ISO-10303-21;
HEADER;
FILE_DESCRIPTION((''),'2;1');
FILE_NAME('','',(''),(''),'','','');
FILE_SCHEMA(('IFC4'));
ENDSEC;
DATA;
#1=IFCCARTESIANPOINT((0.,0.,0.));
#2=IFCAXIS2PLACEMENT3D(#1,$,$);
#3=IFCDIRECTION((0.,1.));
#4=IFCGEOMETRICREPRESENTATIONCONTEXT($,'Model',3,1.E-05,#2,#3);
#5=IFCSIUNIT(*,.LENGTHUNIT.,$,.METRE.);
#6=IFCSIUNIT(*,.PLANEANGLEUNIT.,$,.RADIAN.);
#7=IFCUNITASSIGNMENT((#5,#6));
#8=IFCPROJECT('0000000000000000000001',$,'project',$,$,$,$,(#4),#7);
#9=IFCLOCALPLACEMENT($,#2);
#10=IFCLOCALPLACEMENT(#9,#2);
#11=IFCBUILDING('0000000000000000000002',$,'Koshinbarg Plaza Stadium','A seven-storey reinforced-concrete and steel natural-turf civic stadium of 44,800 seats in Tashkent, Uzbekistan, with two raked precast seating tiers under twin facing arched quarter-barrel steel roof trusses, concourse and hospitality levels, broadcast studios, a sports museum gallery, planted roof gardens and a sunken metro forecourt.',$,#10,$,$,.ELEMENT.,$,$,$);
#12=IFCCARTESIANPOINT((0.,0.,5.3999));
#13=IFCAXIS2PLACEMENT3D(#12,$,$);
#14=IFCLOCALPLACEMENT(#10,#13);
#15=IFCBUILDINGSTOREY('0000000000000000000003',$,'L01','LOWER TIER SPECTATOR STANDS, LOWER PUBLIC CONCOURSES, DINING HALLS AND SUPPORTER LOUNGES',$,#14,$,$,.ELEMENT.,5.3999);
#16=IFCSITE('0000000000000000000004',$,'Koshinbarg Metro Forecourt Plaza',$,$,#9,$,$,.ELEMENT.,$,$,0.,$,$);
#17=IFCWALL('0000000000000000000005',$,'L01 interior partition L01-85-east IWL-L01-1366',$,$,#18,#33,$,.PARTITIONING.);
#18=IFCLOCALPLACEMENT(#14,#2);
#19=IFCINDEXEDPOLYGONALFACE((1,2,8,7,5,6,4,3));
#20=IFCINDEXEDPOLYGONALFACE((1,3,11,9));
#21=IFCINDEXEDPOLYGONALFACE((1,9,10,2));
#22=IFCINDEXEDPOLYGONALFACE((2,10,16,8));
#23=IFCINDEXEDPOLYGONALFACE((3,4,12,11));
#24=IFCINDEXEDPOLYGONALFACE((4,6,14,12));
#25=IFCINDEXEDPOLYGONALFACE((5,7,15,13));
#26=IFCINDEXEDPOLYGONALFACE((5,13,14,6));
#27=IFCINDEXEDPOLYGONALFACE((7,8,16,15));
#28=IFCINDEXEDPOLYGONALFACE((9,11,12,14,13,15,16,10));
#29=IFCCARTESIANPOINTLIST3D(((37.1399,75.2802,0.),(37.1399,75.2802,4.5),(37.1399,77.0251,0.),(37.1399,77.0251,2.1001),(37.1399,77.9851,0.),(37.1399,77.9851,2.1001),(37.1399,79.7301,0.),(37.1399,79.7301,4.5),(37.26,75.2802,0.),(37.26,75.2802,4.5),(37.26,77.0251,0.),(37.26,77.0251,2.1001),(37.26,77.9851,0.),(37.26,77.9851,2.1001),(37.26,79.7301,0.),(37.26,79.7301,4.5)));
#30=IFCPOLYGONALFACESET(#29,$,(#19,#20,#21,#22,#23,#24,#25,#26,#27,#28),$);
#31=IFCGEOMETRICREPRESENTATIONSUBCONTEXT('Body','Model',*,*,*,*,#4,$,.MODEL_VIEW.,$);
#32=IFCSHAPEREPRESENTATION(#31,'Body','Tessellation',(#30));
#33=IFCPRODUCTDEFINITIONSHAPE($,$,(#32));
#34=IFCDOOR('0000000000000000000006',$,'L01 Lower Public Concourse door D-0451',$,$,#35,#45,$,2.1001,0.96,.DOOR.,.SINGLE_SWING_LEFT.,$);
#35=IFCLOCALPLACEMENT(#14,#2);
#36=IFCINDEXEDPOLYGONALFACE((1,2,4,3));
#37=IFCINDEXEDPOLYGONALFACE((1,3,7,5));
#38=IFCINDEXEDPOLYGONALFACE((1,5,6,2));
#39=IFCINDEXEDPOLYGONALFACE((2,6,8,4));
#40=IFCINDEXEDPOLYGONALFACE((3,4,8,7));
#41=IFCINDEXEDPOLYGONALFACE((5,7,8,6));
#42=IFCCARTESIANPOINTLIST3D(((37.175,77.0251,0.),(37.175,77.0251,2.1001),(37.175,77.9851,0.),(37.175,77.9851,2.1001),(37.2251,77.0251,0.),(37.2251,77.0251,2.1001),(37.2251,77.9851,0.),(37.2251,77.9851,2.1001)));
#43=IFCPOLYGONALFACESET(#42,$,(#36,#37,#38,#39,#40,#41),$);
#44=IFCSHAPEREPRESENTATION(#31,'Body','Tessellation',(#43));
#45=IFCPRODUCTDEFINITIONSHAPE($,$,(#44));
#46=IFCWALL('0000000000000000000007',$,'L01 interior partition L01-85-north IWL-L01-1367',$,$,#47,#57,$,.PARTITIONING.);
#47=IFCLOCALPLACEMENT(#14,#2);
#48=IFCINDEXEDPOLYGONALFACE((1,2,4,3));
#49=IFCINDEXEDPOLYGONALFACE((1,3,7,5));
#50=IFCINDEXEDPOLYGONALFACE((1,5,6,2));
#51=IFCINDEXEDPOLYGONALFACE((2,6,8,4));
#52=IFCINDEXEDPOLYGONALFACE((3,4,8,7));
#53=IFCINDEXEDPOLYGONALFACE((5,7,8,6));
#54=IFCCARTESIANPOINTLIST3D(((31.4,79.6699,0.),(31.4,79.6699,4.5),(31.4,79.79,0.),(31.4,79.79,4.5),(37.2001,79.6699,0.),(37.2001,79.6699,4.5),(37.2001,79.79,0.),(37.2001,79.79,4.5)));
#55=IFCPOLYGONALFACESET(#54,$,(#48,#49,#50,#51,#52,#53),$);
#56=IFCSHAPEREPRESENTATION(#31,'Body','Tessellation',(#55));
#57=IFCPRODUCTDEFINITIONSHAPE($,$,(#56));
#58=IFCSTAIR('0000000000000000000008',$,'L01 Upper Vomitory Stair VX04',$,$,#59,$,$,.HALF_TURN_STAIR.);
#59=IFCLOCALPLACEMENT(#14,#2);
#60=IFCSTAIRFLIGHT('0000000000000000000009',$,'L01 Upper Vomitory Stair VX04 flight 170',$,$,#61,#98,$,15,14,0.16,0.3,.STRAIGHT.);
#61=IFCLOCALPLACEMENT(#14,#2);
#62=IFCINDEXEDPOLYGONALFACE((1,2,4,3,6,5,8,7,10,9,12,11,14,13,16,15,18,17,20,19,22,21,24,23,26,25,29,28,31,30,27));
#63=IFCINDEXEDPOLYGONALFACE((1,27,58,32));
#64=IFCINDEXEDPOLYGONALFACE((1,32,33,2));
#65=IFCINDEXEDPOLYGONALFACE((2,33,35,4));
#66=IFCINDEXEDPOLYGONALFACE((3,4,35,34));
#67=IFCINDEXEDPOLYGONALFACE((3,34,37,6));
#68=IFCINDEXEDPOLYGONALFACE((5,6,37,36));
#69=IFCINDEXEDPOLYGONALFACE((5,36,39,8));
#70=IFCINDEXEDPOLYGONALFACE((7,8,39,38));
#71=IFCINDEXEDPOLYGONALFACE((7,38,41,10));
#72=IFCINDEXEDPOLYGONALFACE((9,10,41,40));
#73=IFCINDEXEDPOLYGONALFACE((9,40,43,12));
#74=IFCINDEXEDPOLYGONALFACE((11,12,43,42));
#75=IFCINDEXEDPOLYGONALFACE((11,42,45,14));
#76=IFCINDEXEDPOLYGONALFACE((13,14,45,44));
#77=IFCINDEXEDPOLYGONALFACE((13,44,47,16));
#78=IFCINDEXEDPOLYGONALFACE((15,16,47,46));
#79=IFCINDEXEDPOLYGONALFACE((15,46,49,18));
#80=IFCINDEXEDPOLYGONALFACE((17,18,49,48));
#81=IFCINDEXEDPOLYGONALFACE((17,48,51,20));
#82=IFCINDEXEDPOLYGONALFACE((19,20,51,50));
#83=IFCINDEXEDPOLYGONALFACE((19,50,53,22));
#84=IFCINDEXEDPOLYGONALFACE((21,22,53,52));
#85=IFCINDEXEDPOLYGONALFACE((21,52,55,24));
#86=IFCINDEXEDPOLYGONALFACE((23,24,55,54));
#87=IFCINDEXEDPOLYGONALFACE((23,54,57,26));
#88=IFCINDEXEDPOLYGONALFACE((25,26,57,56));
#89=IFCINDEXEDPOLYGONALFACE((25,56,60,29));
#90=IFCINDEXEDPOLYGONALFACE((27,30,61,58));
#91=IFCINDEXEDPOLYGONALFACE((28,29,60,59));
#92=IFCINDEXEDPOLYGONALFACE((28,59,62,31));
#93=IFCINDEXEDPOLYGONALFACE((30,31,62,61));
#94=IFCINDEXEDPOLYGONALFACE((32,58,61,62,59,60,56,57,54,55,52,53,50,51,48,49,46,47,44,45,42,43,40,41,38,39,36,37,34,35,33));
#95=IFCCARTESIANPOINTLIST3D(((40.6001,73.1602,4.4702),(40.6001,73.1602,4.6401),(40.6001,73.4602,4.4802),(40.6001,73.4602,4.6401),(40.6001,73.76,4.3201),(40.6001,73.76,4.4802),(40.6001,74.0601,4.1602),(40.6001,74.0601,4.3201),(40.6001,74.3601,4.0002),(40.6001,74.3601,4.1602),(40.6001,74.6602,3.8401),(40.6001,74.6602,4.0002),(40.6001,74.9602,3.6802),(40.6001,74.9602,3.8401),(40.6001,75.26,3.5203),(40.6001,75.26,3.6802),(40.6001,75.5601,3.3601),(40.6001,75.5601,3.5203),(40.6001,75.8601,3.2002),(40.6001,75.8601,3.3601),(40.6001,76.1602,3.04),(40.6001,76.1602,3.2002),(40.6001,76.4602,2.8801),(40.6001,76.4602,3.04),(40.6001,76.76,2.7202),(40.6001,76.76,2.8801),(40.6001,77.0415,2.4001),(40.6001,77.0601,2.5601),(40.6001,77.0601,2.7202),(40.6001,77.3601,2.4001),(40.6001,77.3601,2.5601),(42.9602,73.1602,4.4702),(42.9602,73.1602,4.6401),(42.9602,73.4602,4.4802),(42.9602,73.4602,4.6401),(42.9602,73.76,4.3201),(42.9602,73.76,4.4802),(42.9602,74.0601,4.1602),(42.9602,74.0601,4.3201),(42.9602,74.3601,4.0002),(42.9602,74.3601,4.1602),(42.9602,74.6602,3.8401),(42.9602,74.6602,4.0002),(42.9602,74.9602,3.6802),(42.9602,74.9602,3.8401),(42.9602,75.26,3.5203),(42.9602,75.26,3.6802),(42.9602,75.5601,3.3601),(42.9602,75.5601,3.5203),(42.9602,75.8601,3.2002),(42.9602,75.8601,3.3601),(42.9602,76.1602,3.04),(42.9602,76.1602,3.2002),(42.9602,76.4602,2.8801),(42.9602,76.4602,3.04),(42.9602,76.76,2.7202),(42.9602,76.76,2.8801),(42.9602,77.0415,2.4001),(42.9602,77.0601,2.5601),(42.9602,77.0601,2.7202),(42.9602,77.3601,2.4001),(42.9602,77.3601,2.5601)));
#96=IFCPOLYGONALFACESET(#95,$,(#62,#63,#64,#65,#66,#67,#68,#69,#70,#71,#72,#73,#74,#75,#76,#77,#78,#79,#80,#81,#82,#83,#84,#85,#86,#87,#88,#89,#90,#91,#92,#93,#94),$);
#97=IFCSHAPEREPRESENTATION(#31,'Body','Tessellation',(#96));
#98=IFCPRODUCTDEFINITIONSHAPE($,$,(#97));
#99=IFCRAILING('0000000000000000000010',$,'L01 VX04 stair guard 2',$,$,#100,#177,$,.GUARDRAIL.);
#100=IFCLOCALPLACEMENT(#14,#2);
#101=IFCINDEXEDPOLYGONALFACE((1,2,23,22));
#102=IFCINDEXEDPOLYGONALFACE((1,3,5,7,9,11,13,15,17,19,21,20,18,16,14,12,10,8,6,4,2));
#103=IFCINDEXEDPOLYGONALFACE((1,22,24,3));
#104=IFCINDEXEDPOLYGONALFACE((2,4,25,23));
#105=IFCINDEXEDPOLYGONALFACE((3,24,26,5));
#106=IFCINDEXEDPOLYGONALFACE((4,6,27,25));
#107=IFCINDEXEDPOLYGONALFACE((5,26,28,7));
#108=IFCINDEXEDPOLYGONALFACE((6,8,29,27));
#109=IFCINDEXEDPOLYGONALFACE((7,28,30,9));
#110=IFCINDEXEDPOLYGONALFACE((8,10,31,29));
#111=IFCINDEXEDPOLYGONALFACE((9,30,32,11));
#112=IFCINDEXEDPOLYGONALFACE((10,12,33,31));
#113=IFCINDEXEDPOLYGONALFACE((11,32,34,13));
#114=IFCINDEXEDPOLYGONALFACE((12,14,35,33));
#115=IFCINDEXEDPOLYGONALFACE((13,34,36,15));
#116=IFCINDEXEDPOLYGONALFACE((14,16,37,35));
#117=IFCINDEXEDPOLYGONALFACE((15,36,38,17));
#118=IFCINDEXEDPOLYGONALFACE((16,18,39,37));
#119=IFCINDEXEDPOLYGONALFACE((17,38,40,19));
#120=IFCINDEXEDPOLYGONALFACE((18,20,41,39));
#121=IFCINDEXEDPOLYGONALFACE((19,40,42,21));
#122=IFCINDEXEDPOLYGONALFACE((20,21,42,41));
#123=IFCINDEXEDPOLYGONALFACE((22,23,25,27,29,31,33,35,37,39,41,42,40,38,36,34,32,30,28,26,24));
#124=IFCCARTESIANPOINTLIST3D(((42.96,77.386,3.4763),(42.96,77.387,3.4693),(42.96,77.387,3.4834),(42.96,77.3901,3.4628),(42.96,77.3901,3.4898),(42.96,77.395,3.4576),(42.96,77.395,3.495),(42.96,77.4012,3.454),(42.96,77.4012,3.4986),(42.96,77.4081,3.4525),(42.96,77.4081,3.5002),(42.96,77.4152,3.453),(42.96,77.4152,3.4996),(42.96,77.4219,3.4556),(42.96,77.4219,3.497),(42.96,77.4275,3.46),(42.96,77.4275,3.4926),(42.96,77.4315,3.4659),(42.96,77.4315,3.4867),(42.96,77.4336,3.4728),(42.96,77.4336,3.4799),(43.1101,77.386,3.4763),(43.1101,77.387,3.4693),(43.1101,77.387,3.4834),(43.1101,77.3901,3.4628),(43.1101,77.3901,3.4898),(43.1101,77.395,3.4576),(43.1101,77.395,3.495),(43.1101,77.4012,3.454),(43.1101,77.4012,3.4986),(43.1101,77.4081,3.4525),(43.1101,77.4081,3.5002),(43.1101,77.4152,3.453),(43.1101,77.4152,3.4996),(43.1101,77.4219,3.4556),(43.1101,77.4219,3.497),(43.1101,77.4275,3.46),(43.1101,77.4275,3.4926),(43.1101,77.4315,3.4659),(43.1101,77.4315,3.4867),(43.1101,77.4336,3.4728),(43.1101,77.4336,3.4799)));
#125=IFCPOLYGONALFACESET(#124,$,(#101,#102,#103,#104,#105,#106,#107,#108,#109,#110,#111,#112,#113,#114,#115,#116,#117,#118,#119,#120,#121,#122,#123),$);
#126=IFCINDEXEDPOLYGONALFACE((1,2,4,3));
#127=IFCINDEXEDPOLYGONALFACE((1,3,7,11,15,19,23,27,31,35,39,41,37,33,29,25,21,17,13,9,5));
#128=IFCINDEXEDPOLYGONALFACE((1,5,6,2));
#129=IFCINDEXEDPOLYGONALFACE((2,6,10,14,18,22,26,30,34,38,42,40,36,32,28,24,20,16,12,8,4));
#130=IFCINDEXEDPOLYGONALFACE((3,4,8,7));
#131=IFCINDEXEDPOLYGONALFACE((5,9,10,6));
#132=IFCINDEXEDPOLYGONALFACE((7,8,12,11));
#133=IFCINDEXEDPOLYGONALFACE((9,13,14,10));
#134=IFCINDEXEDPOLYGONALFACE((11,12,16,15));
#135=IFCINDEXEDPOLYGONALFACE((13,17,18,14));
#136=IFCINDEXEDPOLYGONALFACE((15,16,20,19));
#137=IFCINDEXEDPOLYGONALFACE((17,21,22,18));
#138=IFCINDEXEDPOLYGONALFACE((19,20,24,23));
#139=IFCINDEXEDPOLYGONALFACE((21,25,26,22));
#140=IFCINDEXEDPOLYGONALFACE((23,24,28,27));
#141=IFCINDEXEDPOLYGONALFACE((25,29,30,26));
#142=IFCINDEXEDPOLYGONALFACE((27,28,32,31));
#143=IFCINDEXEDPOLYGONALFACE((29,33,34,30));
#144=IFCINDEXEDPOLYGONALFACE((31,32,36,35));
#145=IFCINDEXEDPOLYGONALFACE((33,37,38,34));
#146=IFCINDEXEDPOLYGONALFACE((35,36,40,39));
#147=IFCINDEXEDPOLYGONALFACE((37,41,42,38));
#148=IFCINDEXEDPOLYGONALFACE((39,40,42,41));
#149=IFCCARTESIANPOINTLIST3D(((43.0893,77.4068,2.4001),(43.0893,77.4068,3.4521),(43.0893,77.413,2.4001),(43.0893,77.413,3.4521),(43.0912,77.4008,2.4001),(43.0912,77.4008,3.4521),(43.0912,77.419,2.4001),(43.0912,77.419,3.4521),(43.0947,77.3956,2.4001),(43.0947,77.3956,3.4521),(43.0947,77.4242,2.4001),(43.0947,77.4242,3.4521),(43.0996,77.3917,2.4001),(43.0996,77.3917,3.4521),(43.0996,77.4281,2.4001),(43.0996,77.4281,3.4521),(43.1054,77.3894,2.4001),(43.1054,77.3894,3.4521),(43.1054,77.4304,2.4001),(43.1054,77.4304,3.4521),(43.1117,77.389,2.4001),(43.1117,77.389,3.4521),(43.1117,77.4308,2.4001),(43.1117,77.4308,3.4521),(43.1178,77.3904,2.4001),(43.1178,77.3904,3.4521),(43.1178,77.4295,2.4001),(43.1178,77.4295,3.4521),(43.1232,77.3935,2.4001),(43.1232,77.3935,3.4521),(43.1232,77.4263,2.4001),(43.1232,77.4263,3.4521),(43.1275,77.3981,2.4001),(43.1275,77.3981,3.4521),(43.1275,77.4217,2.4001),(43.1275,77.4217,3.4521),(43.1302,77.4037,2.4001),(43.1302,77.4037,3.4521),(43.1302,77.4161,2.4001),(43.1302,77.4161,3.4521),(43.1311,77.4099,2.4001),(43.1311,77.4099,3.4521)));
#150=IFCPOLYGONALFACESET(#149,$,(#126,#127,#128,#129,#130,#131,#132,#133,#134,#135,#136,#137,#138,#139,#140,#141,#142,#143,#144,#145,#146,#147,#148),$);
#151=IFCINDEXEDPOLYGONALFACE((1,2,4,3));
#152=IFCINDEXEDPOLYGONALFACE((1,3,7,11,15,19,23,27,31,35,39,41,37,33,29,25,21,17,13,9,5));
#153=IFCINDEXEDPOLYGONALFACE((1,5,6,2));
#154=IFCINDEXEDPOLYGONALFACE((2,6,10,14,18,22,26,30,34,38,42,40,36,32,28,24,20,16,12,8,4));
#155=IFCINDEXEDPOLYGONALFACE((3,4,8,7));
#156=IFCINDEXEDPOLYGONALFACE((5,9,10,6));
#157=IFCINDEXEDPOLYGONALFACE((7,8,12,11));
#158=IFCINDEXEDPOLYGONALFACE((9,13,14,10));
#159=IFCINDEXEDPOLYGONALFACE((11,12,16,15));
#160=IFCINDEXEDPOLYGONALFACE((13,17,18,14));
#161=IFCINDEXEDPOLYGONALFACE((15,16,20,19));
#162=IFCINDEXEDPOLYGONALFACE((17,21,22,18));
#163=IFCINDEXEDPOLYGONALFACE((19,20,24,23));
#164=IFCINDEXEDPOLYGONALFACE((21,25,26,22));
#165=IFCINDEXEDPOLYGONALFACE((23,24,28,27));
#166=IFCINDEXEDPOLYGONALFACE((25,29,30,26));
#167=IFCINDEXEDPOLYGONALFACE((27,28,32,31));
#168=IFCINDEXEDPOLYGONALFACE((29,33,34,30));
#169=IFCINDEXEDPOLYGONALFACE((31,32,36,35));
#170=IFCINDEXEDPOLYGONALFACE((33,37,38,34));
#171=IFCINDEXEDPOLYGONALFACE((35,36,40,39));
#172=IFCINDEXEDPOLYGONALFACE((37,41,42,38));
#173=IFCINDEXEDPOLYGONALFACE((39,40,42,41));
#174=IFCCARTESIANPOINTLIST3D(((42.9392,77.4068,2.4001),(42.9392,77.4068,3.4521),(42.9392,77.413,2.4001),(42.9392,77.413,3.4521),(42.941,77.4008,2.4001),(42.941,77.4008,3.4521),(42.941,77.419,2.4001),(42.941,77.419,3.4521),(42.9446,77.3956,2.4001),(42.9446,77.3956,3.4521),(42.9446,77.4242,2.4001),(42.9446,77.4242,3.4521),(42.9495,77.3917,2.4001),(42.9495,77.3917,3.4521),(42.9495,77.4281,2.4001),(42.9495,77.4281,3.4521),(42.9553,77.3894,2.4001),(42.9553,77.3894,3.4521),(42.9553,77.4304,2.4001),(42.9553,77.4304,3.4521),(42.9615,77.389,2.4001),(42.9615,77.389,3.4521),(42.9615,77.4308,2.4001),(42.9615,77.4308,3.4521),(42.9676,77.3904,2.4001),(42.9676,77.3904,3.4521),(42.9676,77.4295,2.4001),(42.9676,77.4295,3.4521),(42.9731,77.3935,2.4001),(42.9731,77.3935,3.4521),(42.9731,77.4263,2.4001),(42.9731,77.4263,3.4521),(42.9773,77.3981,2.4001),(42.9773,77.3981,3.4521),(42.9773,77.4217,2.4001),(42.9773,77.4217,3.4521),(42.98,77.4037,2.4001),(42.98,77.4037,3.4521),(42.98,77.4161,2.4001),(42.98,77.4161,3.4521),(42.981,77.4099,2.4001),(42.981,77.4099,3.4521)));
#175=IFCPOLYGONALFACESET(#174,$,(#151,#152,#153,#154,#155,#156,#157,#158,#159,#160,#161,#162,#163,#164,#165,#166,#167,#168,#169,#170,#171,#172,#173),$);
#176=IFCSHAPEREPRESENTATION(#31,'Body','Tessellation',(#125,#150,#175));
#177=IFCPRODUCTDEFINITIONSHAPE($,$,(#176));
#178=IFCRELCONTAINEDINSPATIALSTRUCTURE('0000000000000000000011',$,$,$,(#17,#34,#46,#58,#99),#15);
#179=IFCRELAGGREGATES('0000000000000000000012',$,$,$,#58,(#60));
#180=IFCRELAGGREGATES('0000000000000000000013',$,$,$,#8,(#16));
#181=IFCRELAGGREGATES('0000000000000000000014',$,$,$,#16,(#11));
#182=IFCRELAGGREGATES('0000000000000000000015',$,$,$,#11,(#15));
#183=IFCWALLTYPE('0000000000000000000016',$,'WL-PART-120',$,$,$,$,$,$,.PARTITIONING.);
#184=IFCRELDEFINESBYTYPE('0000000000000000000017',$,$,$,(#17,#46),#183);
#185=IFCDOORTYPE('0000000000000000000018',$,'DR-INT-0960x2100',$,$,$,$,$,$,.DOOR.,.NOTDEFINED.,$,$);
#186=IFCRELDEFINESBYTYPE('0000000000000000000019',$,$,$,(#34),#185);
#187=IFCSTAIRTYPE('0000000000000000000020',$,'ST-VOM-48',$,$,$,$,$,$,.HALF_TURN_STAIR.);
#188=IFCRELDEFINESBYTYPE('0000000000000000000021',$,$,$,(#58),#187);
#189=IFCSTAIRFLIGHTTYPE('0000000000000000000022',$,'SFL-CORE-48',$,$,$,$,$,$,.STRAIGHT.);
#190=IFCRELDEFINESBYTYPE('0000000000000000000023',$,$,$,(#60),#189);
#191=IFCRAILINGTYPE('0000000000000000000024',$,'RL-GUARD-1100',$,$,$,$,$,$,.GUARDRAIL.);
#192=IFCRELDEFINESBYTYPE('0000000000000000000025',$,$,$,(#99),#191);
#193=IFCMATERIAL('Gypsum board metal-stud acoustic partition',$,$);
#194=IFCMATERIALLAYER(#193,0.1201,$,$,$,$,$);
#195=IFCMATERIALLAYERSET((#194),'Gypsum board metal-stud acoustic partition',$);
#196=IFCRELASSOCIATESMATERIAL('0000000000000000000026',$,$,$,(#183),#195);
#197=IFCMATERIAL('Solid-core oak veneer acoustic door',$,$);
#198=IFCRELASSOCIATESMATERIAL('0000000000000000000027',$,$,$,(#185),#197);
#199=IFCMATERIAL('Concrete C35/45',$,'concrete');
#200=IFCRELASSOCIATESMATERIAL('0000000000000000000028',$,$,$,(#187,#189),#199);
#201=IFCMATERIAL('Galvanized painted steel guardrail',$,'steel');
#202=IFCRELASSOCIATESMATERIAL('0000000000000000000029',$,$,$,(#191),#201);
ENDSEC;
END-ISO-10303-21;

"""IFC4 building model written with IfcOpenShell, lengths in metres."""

from ifc_helpers import new_model, si_unit, direction, frame, frame_2d, origin, origin_2d, place, context, subcontext, project, spatial, polyline, rectangle, circle, outline, extrude, material, layer, layer_set, type_object, element, fill, aggregate, save


model = new_model("IFC4")

# Units and contexts
model_context = context("Model", 3, precision=1e-05, world=origin(), true_north=direction((0.0, 1.0)))
body_context = subcontext(model_context, "Body", "Model", "MODEL_VIEW")
ifc_project = project(units=[si_unit("LENGTHUNIT", "METRE"), si_unit("PLANEANGLEUNIT", "RADIAN")], contexts=[model_context])

# Site, building, storey
site_placement = place(None, origin())
site = spatial("IfcSite", under=ifc_project, at=site_placement, Name="Koshinbarg Metro Forecourt Plaza", CompositionType="ELEMENT", RefElevation=0.0)
building_placement = place(site_placement, origin())
building = spatial("IfcBuilding", under=site, at=building_placement, Name="Koshinbarg Plaza Stadium", Description="A seven-storey reinforced-concrete and steel natural-turf civic stadium of 44,800 seats in Tashkent, Uzbekistan, with two raked precast seating tiers under twin facing arched quarter-barrel steel roof trusses, concourse and hospitality levels, broadcast studios, a sports museum gallery, planted roof gardens and a sunken metro forecourt.", CompositionType="ELEMENT")
storey_placement = place(building_placement, frame((0.0, 0.0, 5.3999)))
storey = spatial("IfcBuildingStorey", under=building, at=storey_placement, Name="L01", Description="LOWER TIER SPECTATOR STANDS, LOWER PUBLIC CONCOURSES, DINING HALLS AND SUPPORTER LOUNGES", CompositionType="ELEMENT", Elevation=5.3999)

# Shared definitions
ifc_material_1 = material(Name="Gypsum board metal-stud acoustic partition")
ifc_layer_1 = layer(ifc_material_1, 0.1201)
ifc_layer_set_1 = layer_set([ifc_layer_1], Name="Gypsum board metal-stud acoustic partition")
wall_type_1 = type_object("IfcWallType", Name="WL-PART-120", PredefinedType="PARTITIONING", material=ifc_layer_set_1)
ifc_material_2 = material(Name="Solid-core oak veneer acoustic door")
door_type_1 = type_object("IfcDoorType", Name="DR-INT-0960x2100", OperationType="NOTDEFINED", PredefinedType="DOOR", material=ifc_material_2)

# Wall, opening, door
wall_1_placement = place(storey_placement, frame((37.2, 75.28, 0.0), z_axis=(0.0, 0.0, 1.0), x_axis=(0.0, 1.0, 0.0)))
wall_1 = element("IfcWall", 1, at=wall_1_placement, inside=storey, type_object=wall_type_1, Name="L01 interior partition L01-85-east IWL-L01-1366", PredefinedType="PARTITIONING", context=body_context, shape_type="SweptSolid", body=[
    extrude(rectangle(XDim=4.45, YDim=0.1201, at=frame_2d((2.2251, 0.0))), origin(), (0.0, 0.0, 1.0), 4.5),
])
opening_1_placement = place(wall_1_placement, frame((1.7451, 0.0, 0.0)))
opening_1 = element("IfcOpeningElement", 2, at=opening_1_placement, cuts=wall_1, PredefinedType="OPENING", context=body_context, shape_type="SweptSolid", body=[
    extrude(rectangle(XDim=0.96, YDim=2.1001, at=frame_2d((0.48, 1.05))), frame((0.0, 0.0701, 0.0), z_axis=(0.0, -1.0, 0.0), x_axis=(1.0, 0.0, 0.0)), (0.0, 0.0, 1.0), 0.1401),
])
door_1_placement = place(opening_1_placement, origin())
door_1 = element("IfcDoor", 3, at=door_1_placement, inside=storey, type_object=door_type_1, Name="L01 Lower Public Concourse door D-0451", OperationType="SINGLE_SWING_LEFT", OverallHeight=2.1001, OverallWidth=0.96, PredefinedType="DOOR", context=body_context, shape_type="SweptSolid", body=[
    extrude(rectangle(XDim=0.96, YDim=2.1001, at=frame_2d((0.48, 1.05))), frame((0.0, 0.0249, 0.0), z_axis=(0.0, -1.0, 0.0), x_axis=(1.0, 0.0, 0.0)), (0.0, 0.0, 1.0), 0.05),
])
fill(opening_1, door_1)

# Wall
wall_2_placement = place(storey_placement, frame((37.2, 79.73, 0.0), z_axis=(0.0, 0.0, 1.0), x_axis=(-1.0, 0.0, 0.0)))
element("IfcWall", 4, at=wall_2_placement, inside=storey, type_object=wall_type_1, Name="L01 interior partition L01-85-north IWL-L01-1367", PredefinedType="PARTITIONING", context=body_context, shape_type="SweptSolid", body=[
    extrude(rectangle(XDim=5.8, YDim=0.1201, at=frame_2d((2.8999, 0.0))), origin(), (0.0, 0.0, 1.0), 4.5),
])

# Stair, stair flight
ifc_material_3 = material(Name="Concrete C35/45", Category="concrete")
stair_type = type_object("IfcStairType", Name="ST-VOM-48", PredefinedType="HALF_TURN_STAIR", material=ifc_material_3)
stair_placement = place(storey_placement, origin())
stair = element("IfcStair", 5, at=stair_placement, inside=storey, type_object=stair_type, Name="L01 Upper Vomitory Stair VX04", PredefinedType="HALF_TURN_STAIR")
stair_flight_type = type_object("IfcStairFlightType", Name="SFL-CORE-48", PredefinedType="STRAIGHT", material=ifc_material_3)
stair_flight_placement = place(storey_placement, frame((41.78, 77.3601, 2.4001), z_axis=(0.0, 0.0, 1.0), x_axis=(0.0, -1.0, 0.0)))
stair_flight = element("IfcStairFlight", 6, at=stair_flight_placement, type_object=stair_flight_type, Name="L01 Upper Vomitory Stair VX04 flight 170", NumberOfRisers=15, NumberOfTreads=14, PredefinedType="STRAIGHT", RiserHeight=0.16, TreadLength=0.3, context=body_context, shape_type="SweptSolid", body=[
    extrude(outline(polyline([(0.0, 0.0), (0.0, 0.1599), (0.3, 0.1599), (0.3, 0.3201), (0.6001, 0.3201), (0.6001, 0.48), (0.8999, 0.48), (0.8999, 0.6399), (1.2, 0.6399), (1.2, 0.8), (1.5, 0.8), (1.5, 0.96), (1.8, 0.96), (1.8, 1.1201), (2.1001, 1.1201), (2.1001, 1.28), (2.3999, 1.28), (2.3999, 1.4399), (2.7, 1.4399), (2.7, 1.6001), (3.0, 1.6001), (3.0, 1.76), (3.3, 1.76), (3.3, 1.9199), (3.6001, 1.9199), (3.6001, 2.0801), (3.8999, 2.0801), (3.8999, 2.24), (4.2, 2.24), (4.2, 2.3999), (4.2, 2.0701), (0.3186, 0.0), (0.0, 0.0)])), frame((0.0, 1.1802, 0.0), z_axis=(0.0, -1.0, 0.0), x_axis=(1.0, 0.0, 0.0)), (0.0, 0.0, 1.0), 2.3601),
])
aggregate(stair, [stair_flight])

# Railing
ifc_material_4 = material(Name="Galvanized painted steel guardrail", Category="steel")
railing_type_1 = type_object("IfcRailingType", Name="RL-GUARD-1100", PredefinedType="GUARDRAIL", material=ifc_material_4)
railing_1_placement = place(storey_placement, frame((43.1101, 77.4099, 2.4001)))
element("IfcRailing", 7, at=railing_1_placement, inside=storey, type_object=railing_type_1, Name="L01 VX04 stair guard 2", PredefinedType="GUARDRAIL", context=body_context, shape_type="SweptSolid", body=[
    extrude(circle(Radius=0.0239, at=origin_2d()), frame((0.0, 0.0, 1.0762), z_axis=(-1.0, 0.0, 0.0), x_axis=(0.0, -1.0, 0.0)), (0.0, 0.0, 1.0), 0.1501),
    extrude(circle(Radius=0.021, at=origin_2d()), origin(), (0.0, 0.0, 1.0), 1.052),
    extrude(circle(Radius=0.021, at=origin_2d()), frame((-0.1501, 0.0, 0.0)), (0.0, 0.0, 1.0), 1.052),
])

save(model, "model.ifc")
